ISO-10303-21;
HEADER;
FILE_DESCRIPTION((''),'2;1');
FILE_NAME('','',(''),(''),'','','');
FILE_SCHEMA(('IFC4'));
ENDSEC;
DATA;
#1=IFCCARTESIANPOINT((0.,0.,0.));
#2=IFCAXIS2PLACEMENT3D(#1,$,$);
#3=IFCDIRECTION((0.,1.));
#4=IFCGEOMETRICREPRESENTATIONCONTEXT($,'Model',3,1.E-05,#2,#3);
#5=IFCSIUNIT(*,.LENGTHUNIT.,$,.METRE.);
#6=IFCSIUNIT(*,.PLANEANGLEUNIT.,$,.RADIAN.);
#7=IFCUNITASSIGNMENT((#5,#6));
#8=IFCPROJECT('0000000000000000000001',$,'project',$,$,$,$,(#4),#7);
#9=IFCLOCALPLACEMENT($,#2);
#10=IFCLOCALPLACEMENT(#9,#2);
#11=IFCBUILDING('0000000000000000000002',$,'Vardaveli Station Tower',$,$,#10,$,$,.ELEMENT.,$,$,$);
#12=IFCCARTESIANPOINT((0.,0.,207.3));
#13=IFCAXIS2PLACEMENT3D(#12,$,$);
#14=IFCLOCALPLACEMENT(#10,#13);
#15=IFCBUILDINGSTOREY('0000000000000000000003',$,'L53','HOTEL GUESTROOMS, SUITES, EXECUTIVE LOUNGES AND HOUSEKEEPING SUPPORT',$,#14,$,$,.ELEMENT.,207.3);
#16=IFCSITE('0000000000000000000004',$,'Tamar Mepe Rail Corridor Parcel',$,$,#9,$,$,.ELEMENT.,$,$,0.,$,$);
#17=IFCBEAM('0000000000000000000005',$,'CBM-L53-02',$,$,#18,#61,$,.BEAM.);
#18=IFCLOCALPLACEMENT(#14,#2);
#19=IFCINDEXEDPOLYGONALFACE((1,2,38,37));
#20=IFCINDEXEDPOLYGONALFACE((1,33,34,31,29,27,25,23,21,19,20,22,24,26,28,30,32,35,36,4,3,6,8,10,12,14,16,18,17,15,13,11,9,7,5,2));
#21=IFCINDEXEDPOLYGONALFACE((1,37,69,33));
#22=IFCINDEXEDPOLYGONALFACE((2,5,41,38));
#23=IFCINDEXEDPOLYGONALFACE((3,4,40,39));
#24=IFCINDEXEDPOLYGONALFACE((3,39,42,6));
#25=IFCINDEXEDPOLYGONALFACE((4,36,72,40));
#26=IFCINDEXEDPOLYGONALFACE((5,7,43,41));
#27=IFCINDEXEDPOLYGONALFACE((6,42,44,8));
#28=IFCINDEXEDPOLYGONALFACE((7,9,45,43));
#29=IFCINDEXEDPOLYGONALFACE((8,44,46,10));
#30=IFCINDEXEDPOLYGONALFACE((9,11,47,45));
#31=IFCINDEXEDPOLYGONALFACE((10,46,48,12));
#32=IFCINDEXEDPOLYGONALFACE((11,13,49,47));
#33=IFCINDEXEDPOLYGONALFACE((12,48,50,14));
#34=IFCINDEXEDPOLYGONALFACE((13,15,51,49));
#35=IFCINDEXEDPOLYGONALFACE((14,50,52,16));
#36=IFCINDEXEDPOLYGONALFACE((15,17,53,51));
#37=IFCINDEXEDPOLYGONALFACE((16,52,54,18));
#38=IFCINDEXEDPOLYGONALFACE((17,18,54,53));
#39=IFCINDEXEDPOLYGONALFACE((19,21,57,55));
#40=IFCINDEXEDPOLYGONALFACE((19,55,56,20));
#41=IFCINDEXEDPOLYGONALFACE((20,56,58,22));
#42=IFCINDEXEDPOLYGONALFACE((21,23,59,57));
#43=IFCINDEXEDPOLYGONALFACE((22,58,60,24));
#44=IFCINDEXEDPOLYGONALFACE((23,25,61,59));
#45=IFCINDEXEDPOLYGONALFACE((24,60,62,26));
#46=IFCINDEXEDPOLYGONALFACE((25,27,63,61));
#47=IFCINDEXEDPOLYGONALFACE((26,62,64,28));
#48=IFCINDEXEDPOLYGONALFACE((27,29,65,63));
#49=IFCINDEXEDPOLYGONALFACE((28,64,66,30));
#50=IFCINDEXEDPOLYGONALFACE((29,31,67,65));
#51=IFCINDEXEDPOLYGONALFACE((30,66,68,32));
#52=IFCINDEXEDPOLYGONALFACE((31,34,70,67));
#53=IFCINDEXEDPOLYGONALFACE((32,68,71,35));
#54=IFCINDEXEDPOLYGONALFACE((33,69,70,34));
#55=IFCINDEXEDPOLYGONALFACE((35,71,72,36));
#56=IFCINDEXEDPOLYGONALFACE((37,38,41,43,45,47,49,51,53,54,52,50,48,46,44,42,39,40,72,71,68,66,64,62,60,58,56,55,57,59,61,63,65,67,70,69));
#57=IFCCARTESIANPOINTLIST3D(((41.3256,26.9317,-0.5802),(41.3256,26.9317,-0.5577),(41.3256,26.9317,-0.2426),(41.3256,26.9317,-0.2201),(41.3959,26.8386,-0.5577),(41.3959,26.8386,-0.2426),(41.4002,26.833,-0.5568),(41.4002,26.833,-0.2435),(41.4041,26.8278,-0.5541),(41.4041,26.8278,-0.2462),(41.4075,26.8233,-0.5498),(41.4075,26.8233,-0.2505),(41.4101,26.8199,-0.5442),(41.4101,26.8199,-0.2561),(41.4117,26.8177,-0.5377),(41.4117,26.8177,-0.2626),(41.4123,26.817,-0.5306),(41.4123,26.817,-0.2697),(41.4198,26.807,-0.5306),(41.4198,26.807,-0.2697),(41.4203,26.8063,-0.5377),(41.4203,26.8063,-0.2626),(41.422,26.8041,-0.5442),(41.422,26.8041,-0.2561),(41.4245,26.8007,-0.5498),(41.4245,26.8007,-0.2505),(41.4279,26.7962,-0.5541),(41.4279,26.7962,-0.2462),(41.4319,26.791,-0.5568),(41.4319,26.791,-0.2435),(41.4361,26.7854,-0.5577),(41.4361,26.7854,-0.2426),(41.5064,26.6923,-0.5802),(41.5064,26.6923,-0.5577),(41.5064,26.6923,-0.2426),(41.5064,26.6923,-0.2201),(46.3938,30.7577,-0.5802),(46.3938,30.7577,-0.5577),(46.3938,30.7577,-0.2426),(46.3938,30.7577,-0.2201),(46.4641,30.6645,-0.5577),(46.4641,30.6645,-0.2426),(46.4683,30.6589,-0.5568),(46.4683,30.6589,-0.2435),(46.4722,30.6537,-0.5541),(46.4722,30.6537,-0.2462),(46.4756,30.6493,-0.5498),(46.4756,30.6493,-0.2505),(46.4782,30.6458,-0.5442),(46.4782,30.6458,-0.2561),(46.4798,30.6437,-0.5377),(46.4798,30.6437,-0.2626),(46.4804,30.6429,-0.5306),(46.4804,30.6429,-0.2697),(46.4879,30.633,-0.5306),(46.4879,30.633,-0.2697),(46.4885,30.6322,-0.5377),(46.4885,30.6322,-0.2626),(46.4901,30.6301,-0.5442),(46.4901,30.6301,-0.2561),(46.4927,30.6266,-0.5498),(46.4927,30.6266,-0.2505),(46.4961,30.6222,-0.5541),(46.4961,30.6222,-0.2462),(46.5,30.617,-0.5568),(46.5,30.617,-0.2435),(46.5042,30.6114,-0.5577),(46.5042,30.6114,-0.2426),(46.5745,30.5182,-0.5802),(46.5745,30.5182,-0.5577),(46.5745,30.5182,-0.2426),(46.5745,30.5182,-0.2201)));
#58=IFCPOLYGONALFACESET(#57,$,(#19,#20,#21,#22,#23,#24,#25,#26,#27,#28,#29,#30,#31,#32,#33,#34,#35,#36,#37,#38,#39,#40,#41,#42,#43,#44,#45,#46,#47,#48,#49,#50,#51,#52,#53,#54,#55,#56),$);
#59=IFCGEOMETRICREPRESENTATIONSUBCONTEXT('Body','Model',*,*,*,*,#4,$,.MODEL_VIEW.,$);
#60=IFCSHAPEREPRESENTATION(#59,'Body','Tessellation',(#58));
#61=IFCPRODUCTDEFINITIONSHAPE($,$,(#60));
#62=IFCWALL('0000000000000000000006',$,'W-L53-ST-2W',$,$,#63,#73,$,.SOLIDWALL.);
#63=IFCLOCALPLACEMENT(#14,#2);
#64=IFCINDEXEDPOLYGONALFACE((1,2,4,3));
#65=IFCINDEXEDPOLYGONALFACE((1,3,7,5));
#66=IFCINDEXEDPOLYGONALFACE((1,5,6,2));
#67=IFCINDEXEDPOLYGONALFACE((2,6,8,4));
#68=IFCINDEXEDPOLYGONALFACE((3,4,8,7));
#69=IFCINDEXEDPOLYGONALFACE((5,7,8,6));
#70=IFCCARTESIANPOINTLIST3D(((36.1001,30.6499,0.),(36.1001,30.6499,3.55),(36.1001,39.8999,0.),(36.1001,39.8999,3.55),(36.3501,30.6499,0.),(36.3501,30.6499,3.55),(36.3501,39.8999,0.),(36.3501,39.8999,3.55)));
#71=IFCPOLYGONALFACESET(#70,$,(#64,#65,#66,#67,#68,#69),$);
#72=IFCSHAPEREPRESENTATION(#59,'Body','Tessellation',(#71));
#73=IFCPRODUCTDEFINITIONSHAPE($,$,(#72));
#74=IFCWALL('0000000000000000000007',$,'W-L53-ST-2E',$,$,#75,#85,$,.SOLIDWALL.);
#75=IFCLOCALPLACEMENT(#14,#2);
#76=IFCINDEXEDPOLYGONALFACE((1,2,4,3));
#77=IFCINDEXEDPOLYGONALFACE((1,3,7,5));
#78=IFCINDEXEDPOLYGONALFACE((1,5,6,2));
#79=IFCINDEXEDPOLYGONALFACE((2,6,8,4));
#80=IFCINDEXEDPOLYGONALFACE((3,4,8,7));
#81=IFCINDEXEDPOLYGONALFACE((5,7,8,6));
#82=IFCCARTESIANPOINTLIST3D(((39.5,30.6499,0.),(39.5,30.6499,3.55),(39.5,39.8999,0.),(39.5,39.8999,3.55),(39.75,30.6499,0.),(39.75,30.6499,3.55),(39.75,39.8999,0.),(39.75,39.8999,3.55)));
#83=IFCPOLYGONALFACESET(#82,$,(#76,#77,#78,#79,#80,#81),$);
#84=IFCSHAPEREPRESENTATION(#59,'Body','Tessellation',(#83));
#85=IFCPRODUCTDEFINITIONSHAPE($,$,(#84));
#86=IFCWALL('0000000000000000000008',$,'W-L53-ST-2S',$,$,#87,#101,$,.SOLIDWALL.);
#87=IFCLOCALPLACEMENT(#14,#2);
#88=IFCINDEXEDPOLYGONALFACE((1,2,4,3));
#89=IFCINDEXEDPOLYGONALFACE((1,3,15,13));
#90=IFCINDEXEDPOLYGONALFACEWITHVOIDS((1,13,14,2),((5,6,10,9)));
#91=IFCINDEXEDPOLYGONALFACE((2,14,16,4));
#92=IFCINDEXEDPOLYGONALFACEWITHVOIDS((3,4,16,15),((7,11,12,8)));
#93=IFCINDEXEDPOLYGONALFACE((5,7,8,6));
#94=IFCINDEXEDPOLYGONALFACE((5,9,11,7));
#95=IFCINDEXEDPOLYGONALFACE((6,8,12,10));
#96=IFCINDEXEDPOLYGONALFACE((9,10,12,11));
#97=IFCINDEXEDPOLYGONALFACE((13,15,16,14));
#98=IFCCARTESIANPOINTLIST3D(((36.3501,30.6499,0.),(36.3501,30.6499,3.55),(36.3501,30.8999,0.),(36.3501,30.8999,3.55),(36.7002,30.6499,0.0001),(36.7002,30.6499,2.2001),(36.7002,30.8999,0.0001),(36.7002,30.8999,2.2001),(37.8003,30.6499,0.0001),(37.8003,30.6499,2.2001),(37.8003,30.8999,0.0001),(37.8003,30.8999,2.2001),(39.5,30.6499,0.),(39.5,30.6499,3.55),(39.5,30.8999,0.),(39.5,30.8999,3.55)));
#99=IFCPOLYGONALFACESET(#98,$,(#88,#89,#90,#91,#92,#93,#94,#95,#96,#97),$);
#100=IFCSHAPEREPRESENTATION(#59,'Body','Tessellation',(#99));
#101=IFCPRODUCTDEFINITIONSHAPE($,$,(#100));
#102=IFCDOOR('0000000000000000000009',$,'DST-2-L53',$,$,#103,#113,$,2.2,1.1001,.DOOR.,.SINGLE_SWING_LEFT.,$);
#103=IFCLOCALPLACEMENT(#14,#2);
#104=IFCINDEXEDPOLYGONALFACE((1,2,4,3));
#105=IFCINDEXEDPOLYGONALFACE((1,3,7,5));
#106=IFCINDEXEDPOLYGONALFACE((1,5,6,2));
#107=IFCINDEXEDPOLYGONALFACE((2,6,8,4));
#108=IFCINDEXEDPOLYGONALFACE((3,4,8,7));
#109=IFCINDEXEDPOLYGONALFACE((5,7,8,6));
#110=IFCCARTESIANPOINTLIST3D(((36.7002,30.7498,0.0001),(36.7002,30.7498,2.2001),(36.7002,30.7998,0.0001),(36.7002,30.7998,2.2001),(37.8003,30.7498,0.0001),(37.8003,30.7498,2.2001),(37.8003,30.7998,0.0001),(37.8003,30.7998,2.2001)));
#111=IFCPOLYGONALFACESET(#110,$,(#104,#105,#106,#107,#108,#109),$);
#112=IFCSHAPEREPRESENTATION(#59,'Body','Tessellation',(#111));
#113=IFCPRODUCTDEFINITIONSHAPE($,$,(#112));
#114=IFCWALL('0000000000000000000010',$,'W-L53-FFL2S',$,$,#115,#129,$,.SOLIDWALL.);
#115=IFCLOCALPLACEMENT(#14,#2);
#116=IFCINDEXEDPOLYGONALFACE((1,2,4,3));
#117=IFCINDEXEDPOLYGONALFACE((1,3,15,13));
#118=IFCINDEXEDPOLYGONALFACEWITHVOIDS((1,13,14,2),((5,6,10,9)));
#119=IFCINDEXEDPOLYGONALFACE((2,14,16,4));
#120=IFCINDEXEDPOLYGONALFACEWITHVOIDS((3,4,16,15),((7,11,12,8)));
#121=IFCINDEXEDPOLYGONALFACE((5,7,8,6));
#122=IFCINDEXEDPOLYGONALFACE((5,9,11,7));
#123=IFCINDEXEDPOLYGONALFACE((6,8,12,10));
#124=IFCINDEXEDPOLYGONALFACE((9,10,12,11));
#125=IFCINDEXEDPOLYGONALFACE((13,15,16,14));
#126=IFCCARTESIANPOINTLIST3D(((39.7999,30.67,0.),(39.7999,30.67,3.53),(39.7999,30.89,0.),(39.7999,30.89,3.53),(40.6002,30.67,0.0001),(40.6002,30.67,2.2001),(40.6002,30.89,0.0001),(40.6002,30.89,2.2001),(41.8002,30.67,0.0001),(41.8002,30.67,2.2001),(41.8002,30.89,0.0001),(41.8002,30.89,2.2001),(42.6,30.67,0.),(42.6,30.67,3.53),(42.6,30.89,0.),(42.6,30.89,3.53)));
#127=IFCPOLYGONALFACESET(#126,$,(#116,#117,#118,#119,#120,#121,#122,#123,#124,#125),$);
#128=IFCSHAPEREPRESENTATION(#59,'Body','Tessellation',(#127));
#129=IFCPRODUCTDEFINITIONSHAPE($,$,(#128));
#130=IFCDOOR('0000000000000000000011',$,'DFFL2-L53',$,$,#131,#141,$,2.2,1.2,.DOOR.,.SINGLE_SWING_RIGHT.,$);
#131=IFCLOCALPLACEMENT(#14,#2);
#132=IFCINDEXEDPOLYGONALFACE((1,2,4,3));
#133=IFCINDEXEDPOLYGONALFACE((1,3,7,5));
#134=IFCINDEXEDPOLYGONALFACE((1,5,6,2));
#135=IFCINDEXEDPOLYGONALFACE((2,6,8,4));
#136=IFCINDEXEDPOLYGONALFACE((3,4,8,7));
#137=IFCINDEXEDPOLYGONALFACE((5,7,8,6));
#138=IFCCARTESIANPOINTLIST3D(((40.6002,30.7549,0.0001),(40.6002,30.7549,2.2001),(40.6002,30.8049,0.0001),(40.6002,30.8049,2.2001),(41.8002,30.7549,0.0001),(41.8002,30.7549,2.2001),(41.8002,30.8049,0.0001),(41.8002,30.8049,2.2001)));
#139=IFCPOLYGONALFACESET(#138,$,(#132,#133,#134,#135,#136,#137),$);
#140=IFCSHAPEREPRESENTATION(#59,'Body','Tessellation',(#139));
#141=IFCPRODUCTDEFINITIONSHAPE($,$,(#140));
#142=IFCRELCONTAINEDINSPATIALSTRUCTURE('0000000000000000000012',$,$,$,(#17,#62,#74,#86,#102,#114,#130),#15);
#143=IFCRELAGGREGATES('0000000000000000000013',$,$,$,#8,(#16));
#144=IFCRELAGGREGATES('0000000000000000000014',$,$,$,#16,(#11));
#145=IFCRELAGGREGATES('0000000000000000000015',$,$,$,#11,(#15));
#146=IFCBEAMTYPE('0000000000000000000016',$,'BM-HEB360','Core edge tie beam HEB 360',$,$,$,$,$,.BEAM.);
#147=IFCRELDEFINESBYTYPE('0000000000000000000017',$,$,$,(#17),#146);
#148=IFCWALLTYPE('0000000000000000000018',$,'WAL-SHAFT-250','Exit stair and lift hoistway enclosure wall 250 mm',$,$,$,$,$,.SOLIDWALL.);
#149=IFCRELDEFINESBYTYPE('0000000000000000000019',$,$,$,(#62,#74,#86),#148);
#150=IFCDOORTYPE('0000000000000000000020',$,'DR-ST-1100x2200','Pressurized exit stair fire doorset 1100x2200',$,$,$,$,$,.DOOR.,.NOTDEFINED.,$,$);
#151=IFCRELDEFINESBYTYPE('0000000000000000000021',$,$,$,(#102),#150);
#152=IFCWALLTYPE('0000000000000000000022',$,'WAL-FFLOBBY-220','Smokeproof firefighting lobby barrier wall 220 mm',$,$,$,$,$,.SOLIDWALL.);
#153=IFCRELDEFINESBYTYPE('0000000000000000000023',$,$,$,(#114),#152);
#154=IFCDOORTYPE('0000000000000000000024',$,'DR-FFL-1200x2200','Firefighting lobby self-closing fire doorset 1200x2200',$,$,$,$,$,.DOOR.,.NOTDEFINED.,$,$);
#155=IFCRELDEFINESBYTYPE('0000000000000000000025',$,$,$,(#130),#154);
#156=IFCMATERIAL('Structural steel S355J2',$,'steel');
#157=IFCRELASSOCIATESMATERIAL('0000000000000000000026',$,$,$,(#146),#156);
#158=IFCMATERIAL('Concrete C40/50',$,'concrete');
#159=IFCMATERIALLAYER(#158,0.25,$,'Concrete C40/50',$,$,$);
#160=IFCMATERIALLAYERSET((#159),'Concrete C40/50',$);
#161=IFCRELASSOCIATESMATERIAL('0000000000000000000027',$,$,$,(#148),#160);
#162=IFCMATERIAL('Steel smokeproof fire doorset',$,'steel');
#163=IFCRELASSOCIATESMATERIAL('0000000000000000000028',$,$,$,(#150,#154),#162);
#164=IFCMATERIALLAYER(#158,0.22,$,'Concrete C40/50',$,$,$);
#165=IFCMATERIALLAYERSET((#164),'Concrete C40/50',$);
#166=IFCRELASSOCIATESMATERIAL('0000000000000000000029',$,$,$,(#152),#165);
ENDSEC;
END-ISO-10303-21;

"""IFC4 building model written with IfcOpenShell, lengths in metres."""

from ifc_helpers import new_model, si_unit, direction, frame, frame_2d, origin, origin_2d, place, context, subcontext, project, spatial, rectangle, i_section, extrude, source, transform, mapped, material, layer, layer_set, material_profile, profile_set, type_object, element, fill, save


model = new_model("IFC4")

# Units and contexts
model_context = context("Model", 3, precision=1e-05, world=origin(), true_north=direction((0.0, 1.0)))
body_context = subcontext(model_context, "Body", "Model", "MODEL_VIEW")
ifc_project = project(units=[si_unit("LENGTHUNIT", "METRE"), si_unit("PLANEANGLEUNIT", "RADIAN")], contexts=[model_context])

# Site, building, storey
site_placement = place(None, origin())
site = spatial("IfcSite", under=ifc_project, at=site_placement, Name="Tamar Mepe Rail Corridor Parcel", CompositionType="ELEMENT", RefElevation=0.0)
building_placement = place(site_placement, origin())
building = spatial("IfcBuilding", under=site, at=building_placement, Name="Vardaveli Station Tower", CompositionType="ELEMENT")
storey_placement = place(building_placement, frame((0.0, 0.0, 207.3)))
storey = spatial("IfcBuildingStorey", under=building, at=storey_placement, Name="L53", Description="HOTEL GUESTROOMS, SUITES, EXECUTIVE LOUNGES AND HOUSEKEEPING SUPPORT", CompositionType="ELEMENT", Elevation=207.3)

# Beam
ifc_material_1 = material(Name="Structural steel S355J2", Category="steel")
ifc_material_profile = material_profile(ifc_material_1, i_section(OverallWidth=0.3, OverallDepth=0.3601, WebThickness=0.0125, FlangeThickness=0.0225, FilletRadius=0.0271, at=origin_2d()), Name="HEB 360")
ifc_profile_set = profile_set([ifc_material_profile], Name="Structural steel S355J2")
beam_type = type_object("IfcBeamType", Name="BM-HEB360", Description="Core edge tie beam HEB 360", PredefinedType="BEAM", material=ifc_profile_set)
shared_shape_1 = source(origin(), body_context, "Body", "SweptSolid", [
    extrude(i_section(OverallWidth=0.3, OverallDepth=0.3601, WebThickness=0.0125, FlangeThickness=0.0225, FilletRadius=0.0271, at=origin_2d()), origin(), (0.0, 0.0, 1.0), 6.3501),
])
beam_placement = place(storey_placement, frame((41.416, 26.812, -0.4001), z_axis=(0.798118, 0.602501, 0.0), x_axis=(-0.602501, 0.798118, 0.0)))
element("IfcBeam", 1, at=beam_placement, inside=storey, type_object=beam_type, Name="CBM-L53-02", PredefinedType="BEAM", context=body_context, shape_type="MappedRepresentation", body=[
    mapped(shared_shape_1, transform((0.0, 0.0, 0.0), scale=1.0)),
])

# Walls
ifc_material_2 = material(Name="Concrete C40/50", Category="concrete")
ifc_layer_1 = layer(ifc_material_2, 0.25, Name="Concrete C40/50")
ifc_layer_set_1 = layer_set([ifc_layer_1], Name="Concrete C40/50")
wall_type_1 = type_object("IfcWallType", Name="WAL-SHAFT-250", Description="Exit stair and lift hoistway enclosure wall 250 mm", PredefinedType="SOLIDWALL", material=ifc_layer_set_1)
shared_shape_2 = source(origin(), body_context, "Body", "SweptSolid", [
    extrude(rectangle(XDim=9.25, YDim=0.25, at=frame_2d((4.625, 0.0))), origin(), (0.0, 0.0, 1.0), 3.55),
])
for number, where, z_axis, x_axis, name in (
    (2, (36.2251, 30.6499, 0.0), (0.0, 0.0, 1.0), (0.0, 1.0, 0.0), "W-L53-ST-2W"),
    (3, (39.625, 30.6499, 0.0), (0.0, 0.0, 1.0), (0.0, 1.0, 0.0), "W-L53-ST-2E"),
):
    element("IfcWall", number, at=place(storey_placement, frame(where, z_axis=z_axis, x_axis=x_axis)), inside=storey, type_object=wall_type_1, Name=name, PredefinedType="SOLIDWALL", context=body_context, shape_type="MappedRepresentation", body=[
        mapped(shared_shape_2, transform((0.0, 0.0, 0.0), scale=1.0)),
    ])

# Walls, openings, doors
shared_shape_3 = source(origin(), body_context, "Body", "SweptSolid", [
    extrude(rectangle(XDim=3.1499, YDim=0.25, at=frame_2d((1.575, 0.0))), origin(), (0.0, 0.0, 1.0), 3.55),
])
wall_1_placement = place(storey_placement, frame((36.3501, 30.7749, 0.0), z_axis=(0.0, 0.0, 1.0), x_axis=(1.0, 0.0, 0.0)))
wall_1 = element("IfcWall", 4, at=wall_1_placement, inside=storey, type_object=wall_type_1, Name="W-L53-ST-2S", PredefinedType="SOLIDWALL", context=body_context, shape_type="MappedRepresentation", body=[
    mapped(shared_shape_3, transform((0.0, 0.0, 0.0), scale=1.0)),
])
shared_shape_4 = source(origin(), body_context, "Body", "SweptSolid", [
    extrude(rectangle(XDim=1.1001, YDim=2.2, at=frame_2d((0.55, 1.1001))), frame((0.0, 0.135, 0.0), z_axis=(0.0, -1.0, 0.0), x_axis=(1.0, 0.0, 0.0)), (0.0, 0.0, 1.0), 0.27),
])
opening_1_placement = place(wall_1_placement, frame((0.3501, 0.0, 0.0)))
opening_1 = element("IfcOpeningElement", 5, at=opening_1_placement, cuts=wall_1, PredefinedType="OPENING", context=body_context, shape_type="MappedRepresentation", body=[
    mapped(shared_shape_4, transform((0.0, 0.0, 0.0), scale=1.0)),
])
ifc_material_3 = material(Name="Steel smokeproof fire doorset", Category="steel")
door_type_1 = type_object("IfcDoorType", Name="DR-ST-1100x2200", Description="Pressurized exit stair fire doorset 1100x2200", OperationType="NOTDEFINED", PredefinedType="DOOR", material=ifc_material_3)
shared_shape_5 = source(origin(), body_context, "Body", "SweptSolid", [
    extrude(rectangle(XDim=1.1001, YDim=2.2, at=frame_2d((0.55, 1.1001))), frame((0.0, 0.0249, 0.0), z_axis=(0.0, -1.0, 0.0), x_axis=(1.0, 0.0, 0.0)), (0.0, 0.0, 1.0), 0.05),
])
door_1_placement = place(opening_1_placement, origin())
door_1 = element("IfcDoor", 6, at=door_1_placement, inside=storey, type_object=door_type_1, Name="DST-2-L53", OperationType="SINGLE_SWING_LEFT", OverallHeight=2.2, OverallWidth=1.1001, PredefinedType="DOOR", context=body_context, shape_type="MappedRepresentation", body=[
    mapped(shared_shape_5, transform((0.0, 0.0, 0.0), scale=1.0)),
])
fill(opening_1, door_1)
ifc_layer_2 = layer(ifc_material_2, 0.22, Name="Concrete C40/50")
ifc_layer_set_2 = layer_set([ifc_layer_2], Name="Concrete C40/50")
wall_type_2 = type_object("IfcWallType", Name="WAL-FFLOBBY-220", Description="Smokeproof firefighting lobby barrier wall 220 mm", PredefinedType="SOLIDWALL", material=ifc_layer_set_2)
shared_shape_6 = source(origin(), body_context, "Body", "SweptSolid", [
    extrude(rectangle(XDim=2.8, YDim=0.22, at=frame_2d((1.3999, 0.0))), origin(), (0.0, 0.0, 1.0), 3.53),
])
wall_2_placement = place(storey_placement, frame((39.8, 30.78, 0.0), z_axis=(0.0, 0.0, 1.0), x_axis=(1.0, 0.0, 0.0)))
wall_2 = element("IfcWall", 7, at=wall_2_placement, inside=storey, type_object=wall_type_2, Name="W-L53-FFL2S", PredefinedType="SOLIDWALL", context=body_context, shape_type="MappedRepresentation", body=[
    mapped(shared_shape_6, transform((0.0, 0.0, 0.0), scale=1.0)),
])
shared_shape_7 = source(origin(), body_context, "Body", "SweptSolid", [
    extrude(rectangle(XDim=1.2, YDim=2.2, at=frame_2d((0.6001, 1.1001))), frame((0.0, 0.1201, 0.0), z_axis=(0.0, -1.0, 0.0), x_axis=(1.0, 0.0, 0.0)), (0.0, 0.0, 1.0), 0.24),
])
opening_2_placement = place(wall_2_placement, frame((0.8, 0.0, 0.0)))
opening_2 = element("IfcOpeningElement", 8, at=opening_2_placement, cuts=wall_2, PredefinedType="OPENING", context=body_context, shape_type="MappedRepresentation", body=[
    mapped(shared_shape_7, transform((0.0, 0.0, 0.0), scale=1.0)),
])
door_type_2 = type_object("IfcDoorType", Name="DR-FFL-1200x2200", Description="Firefighting lobby self-closing fire doorset 1200x2200", OperationType="NOTDEFINED", PredefinedType="DOOR", material=ifc_material_3)
shared_shape_8 = source(origin(), body_context, "Body", "SweptSolid", [
    extrude(rectangle(XDim=1.2, YDim=2.2, at=frame_2d((0.6001, 1.1001))), frame((0.0, 0.0249, 0.0), z_axis=(0.0, -1.0, 0.0), x_axis=(1.0, 0.0, 0.0)), (0.0, 0.0, 1.0), 0.05),
])
door_2_placement = place(opening_2_placement, origin())
door_2 = element("IfcDoor", 9, at=door_2_placement, inside=storey, type_object=door_type_2, Name="DFFL2-L53", OperationType="SINGLE_SWING_RIGHT", OverallHeight=2.2, OverallWidth=1.2, PredefinedType="DOOR", context=body_context, shape_type="MappedRepresentation", body=[
    mapped(shared_shape_8, transform((0.0, 0.0, 0.0), scale=1.0)),
])
fill(opening_2, door_2)

save(model, "model.ifc")
